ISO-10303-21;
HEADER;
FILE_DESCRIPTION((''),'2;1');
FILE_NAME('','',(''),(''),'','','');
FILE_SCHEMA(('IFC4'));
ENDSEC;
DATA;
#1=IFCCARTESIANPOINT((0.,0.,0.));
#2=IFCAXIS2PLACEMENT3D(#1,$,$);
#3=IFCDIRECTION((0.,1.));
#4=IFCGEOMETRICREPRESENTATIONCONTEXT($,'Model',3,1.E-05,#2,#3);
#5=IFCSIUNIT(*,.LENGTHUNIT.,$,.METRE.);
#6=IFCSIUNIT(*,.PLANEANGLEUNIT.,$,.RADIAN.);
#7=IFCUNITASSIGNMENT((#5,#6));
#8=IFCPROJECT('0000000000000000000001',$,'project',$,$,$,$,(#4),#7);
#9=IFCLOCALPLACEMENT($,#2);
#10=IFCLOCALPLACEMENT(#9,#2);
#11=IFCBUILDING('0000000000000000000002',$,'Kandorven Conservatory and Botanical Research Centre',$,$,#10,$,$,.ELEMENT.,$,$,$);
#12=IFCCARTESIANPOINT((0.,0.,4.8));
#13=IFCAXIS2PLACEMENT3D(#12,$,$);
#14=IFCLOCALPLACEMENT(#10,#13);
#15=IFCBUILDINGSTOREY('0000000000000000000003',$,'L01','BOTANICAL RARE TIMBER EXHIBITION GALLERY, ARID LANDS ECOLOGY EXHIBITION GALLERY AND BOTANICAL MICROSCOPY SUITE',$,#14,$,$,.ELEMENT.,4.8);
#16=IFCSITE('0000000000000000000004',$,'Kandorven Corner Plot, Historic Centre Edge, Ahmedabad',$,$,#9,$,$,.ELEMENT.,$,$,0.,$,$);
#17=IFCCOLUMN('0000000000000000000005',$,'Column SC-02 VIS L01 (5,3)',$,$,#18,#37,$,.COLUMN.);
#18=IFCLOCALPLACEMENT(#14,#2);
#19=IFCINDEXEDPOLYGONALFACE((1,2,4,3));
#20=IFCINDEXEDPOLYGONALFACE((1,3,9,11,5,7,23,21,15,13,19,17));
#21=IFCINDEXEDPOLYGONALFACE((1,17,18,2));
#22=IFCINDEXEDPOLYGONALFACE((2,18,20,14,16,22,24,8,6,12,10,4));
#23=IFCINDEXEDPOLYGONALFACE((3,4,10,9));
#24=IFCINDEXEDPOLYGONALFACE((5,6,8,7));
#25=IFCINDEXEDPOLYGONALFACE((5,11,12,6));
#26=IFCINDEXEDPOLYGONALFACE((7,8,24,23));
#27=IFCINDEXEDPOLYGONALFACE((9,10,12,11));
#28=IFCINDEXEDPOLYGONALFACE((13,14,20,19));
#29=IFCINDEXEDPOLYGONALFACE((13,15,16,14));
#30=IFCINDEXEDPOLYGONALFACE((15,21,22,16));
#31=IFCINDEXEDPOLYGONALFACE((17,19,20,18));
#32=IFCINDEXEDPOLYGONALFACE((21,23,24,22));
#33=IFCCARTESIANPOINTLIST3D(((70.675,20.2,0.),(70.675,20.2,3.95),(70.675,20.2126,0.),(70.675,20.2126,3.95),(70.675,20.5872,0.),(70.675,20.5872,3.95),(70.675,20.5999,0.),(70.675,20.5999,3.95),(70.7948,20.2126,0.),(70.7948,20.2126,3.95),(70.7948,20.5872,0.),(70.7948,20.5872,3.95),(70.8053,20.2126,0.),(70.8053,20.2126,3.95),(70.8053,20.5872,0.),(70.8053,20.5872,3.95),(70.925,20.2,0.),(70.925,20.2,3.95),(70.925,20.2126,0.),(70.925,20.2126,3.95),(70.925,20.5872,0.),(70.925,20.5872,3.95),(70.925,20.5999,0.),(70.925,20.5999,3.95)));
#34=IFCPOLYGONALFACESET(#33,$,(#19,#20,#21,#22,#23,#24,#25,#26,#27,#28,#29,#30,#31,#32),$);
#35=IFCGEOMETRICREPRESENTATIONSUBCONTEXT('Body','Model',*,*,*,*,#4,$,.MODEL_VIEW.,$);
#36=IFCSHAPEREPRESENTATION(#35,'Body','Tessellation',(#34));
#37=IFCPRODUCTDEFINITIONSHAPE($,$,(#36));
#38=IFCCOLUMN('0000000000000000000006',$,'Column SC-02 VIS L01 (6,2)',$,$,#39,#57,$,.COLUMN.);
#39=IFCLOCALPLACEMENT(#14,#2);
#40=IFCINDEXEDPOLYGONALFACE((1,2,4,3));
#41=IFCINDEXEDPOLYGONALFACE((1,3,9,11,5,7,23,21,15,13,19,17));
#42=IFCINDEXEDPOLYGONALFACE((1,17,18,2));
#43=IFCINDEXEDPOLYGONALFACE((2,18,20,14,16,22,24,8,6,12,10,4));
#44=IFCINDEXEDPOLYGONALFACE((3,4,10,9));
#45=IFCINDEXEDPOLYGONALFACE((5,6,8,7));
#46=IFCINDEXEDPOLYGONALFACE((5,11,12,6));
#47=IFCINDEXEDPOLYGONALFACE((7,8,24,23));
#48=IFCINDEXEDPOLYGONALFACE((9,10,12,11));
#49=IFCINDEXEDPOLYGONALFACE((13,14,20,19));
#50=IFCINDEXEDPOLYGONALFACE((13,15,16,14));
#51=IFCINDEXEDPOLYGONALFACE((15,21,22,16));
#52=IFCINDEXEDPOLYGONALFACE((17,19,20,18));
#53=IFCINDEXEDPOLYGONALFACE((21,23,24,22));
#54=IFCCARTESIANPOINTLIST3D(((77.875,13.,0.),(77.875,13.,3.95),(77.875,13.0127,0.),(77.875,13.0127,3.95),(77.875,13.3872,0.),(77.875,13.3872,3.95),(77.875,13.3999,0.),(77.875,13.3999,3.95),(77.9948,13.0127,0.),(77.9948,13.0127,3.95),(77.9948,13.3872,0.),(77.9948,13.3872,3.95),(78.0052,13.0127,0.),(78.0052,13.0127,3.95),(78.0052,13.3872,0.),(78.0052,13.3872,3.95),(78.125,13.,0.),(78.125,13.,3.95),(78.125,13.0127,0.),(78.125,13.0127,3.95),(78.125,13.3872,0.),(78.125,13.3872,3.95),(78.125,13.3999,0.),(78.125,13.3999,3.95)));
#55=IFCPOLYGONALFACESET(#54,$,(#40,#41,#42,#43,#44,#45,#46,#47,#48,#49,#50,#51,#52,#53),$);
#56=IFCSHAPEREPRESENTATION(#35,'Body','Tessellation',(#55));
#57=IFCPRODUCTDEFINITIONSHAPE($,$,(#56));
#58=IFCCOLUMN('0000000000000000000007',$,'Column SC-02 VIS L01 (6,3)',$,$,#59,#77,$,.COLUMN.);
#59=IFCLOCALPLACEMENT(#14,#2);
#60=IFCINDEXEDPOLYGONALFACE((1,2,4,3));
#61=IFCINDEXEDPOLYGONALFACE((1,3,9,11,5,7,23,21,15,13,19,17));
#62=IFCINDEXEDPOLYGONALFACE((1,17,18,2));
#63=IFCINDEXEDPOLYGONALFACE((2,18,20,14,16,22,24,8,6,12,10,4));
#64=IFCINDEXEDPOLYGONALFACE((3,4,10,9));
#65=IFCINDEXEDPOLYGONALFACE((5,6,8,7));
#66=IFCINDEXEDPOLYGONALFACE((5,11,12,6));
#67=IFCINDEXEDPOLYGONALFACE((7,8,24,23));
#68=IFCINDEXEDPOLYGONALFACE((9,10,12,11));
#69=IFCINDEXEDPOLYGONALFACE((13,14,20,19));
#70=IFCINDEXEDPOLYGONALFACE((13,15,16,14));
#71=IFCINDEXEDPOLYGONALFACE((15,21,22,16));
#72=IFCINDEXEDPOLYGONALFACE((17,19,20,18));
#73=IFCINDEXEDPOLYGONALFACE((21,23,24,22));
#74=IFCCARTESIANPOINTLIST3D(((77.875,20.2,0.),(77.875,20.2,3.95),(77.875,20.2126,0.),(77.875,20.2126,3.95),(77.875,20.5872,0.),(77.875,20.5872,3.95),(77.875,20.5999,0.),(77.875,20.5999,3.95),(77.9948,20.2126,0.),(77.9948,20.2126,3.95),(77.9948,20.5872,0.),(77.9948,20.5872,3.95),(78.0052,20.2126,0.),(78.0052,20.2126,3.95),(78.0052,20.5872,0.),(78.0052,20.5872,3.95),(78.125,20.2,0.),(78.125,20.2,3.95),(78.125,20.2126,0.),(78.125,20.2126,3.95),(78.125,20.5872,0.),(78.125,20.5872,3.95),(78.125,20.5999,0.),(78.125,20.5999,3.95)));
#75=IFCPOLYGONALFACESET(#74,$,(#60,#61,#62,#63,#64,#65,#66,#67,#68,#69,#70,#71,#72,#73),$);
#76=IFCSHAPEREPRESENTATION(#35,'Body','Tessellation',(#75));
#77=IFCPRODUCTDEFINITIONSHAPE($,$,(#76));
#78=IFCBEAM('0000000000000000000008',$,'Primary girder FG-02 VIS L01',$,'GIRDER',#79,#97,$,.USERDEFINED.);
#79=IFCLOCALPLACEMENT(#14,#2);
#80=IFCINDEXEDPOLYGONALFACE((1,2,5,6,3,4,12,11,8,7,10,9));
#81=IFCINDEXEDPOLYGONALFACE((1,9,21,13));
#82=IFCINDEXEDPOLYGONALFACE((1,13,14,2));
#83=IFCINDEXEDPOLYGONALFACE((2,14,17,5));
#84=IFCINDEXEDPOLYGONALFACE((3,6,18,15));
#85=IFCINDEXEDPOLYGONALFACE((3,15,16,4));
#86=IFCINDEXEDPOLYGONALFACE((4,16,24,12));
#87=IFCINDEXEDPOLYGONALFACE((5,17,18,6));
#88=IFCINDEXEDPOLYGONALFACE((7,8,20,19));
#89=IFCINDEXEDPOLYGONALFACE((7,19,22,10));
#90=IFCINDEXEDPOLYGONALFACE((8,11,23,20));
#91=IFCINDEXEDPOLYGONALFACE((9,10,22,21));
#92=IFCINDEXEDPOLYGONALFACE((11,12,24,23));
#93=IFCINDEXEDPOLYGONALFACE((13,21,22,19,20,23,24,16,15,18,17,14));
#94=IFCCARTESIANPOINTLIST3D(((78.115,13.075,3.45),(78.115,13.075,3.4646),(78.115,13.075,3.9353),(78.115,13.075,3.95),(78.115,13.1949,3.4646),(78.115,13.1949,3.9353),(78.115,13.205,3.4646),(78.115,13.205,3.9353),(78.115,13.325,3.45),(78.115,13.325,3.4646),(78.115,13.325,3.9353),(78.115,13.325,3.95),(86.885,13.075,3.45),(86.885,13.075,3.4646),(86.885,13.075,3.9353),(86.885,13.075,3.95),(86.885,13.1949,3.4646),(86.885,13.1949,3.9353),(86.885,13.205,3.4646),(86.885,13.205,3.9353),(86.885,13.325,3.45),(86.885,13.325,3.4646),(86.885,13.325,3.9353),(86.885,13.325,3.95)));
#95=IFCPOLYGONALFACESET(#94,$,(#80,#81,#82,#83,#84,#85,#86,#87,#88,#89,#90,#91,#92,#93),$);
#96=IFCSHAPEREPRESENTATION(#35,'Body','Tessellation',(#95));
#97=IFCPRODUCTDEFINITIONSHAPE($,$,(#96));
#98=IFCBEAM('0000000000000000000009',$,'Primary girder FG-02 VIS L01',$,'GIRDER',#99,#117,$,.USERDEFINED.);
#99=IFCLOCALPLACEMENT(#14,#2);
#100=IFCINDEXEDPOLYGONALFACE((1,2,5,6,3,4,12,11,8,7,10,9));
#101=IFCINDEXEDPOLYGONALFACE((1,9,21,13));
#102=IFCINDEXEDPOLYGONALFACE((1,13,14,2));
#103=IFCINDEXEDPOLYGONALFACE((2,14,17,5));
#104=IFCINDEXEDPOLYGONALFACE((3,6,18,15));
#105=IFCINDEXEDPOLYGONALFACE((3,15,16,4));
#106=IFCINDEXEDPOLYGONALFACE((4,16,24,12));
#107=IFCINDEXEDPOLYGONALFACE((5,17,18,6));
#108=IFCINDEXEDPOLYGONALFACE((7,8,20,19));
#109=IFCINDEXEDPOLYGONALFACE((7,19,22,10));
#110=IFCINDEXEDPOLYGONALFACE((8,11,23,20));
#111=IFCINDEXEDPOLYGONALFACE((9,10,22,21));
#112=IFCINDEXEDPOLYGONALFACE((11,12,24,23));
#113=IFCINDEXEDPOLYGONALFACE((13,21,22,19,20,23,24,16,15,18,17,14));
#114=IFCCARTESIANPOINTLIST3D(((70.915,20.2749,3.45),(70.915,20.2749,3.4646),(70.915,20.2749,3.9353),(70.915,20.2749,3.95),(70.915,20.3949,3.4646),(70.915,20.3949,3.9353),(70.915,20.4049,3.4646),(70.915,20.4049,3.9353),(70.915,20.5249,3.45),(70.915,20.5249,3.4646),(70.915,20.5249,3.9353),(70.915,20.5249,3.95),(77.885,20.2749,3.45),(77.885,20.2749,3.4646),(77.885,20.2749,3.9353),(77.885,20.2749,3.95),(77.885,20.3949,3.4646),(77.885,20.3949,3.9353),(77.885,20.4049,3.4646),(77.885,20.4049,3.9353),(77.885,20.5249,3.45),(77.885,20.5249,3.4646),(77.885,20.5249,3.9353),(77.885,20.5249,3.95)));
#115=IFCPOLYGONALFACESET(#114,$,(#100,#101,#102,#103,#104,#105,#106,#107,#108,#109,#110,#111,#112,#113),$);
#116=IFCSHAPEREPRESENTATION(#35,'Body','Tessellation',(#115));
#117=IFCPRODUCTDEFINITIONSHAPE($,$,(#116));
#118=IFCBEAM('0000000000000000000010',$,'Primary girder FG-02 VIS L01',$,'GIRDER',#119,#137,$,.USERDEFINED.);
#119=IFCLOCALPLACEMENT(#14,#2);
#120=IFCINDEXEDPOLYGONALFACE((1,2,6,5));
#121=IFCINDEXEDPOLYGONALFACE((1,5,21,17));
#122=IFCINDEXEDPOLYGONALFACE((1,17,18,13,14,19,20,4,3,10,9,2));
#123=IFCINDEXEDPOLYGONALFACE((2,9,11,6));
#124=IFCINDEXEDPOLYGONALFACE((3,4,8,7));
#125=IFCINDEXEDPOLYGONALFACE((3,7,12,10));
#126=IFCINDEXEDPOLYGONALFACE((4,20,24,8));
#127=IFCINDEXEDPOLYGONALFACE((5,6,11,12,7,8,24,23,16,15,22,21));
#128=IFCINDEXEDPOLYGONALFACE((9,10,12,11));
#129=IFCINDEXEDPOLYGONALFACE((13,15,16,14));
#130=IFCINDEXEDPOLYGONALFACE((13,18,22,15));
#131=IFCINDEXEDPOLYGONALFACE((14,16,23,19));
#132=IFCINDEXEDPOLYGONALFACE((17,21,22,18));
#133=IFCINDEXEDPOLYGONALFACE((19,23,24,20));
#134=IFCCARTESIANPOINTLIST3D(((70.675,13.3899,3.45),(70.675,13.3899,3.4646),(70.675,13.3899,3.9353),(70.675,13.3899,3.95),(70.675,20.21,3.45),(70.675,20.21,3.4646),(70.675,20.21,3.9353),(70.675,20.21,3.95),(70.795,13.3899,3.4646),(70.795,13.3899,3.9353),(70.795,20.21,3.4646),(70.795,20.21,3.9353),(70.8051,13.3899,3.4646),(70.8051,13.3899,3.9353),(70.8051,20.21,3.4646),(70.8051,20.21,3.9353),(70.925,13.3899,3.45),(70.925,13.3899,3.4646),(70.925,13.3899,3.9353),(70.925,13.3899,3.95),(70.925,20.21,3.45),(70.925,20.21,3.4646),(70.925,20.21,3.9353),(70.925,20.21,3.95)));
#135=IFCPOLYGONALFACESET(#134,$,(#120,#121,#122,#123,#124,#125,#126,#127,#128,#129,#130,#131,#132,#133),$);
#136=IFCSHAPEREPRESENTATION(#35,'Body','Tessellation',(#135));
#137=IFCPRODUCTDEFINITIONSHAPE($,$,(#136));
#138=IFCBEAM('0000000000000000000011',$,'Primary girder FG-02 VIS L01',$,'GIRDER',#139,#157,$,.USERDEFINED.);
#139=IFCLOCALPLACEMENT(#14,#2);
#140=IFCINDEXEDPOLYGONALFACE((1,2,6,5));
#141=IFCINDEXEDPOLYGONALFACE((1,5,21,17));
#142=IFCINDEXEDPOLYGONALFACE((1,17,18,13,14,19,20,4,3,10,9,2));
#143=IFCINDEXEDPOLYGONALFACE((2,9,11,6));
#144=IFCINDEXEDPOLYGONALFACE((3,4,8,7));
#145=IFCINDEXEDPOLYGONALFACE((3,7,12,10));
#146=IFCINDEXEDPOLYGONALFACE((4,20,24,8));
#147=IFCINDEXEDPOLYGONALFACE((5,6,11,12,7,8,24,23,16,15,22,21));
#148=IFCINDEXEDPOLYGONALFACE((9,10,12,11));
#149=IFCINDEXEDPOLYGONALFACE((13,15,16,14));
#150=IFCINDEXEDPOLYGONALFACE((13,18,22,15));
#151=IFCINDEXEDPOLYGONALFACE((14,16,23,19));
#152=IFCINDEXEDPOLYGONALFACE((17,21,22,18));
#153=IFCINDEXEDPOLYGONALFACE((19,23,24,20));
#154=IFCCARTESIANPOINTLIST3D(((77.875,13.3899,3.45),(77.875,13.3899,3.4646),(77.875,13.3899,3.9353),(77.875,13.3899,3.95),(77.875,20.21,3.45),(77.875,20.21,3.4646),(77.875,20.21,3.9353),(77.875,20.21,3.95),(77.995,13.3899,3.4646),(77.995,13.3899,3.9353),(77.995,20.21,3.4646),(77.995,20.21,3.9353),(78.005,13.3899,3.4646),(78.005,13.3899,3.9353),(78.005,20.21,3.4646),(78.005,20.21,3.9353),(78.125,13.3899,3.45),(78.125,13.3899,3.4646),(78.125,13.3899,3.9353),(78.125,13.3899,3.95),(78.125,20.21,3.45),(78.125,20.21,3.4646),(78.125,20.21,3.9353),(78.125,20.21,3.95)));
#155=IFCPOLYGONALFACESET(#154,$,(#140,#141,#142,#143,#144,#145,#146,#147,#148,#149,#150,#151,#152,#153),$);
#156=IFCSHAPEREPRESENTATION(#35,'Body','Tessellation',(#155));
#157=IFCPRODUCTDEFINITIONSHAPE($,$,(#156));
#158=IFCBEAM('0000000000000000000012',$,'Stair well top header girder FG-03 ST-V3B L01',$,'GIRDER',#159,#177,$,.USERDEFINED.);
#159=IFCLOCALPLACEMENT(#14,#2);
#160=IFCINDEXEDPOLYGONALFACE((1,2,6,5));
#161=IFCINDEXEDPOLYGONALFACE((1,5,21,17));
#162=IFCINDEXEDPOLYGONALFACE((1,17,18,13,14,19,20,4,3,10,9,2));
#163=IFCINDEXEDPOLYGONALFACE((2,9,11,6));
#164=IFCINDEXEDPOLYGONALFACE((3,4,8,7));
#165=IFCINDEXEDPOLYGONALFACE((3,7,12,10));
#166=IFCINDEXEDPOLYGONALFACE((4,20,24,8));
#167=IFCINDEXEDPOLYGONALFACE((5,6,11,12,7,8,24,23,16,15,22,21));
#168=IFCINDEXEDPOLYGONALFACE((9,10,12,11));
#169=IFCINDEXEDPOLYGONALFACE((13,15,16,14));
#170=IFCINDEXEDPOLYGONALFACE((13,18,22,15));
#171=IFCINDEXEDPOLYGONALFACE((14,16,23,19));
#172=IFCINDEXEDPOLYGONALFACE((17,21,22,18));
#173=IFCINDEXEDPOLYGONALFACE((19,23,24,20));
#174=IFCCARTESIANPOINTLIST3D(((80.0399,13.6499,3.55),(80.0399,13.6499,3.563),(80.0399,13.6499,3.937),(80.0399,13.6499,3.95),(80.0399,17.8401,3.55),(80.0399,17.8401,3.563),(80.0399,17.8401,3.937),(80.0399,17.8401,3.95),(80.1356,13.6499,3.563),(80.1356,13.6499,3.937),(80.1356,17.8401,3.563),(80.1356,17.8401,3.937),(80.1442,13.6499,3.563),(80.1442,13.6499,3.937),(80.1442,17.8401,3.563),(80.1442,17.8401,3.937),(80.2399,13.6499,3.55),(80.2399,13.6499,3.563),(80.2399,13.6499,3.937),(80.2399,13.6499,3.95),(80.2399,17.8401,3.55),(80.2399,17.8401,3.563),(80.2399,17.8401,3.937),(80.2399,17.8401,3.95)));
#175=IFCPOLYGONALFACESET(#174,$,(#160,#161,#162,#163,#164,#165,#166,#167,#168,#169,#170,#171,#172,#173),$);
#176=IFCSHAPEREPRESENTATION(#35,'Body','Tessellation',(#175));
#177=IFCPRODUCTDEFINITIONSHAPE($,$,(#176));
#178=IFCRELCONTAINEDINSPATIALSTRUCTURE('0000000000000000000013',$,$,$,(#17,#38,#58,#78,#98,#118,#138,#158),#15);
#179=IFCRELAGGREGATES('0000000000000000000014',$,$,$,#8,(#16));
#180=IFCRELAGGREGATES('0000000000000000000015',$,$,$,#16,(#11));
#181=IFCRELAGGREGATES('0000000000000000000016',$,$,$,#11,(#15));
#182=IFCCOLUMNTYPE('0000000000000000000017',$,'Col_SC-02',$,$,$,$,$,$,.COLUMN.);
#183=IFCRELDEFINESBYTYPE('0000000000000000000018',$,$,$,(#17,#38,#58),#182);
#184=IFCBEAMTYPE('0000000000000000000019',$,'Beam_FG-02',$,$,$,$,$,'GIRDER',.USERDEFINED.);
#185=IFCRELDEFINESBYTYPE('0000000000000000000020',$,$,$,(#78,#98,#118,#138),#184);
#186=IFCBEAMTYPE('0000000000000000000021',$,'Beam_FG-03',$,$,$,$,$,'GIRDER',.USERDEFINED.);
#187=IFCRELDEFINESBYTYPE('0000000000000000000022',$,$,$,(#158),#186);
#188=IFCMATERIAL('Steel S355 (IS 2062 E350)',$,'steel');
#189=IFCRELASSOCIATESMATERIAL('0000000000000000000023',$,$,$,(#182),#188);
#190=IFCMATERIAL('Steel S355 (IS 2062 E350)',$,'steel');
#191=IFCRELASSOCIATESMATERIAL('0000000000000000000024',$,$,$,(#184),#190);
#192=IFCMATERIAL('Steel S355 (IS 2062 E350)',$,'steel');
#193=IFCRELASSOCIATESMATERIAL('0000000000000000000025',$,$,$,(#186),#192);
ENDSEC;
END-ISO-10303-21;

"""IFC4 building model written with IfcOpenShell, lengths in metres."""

from ifc_helpers import new_model, si_unit, direction, frame, origin, origin_2d, place, context, subcontext, project, spatial, i_section, extrude, material, material_profile, profile_set, type_object, element, save


model = new_model("IFC4")

# Units and contexts
model_context = context("Model", 3, precision=1e-05, world=origin(), true_north=direction((0.0, 1.0)))
body_context = subcontext(model_context, "Body", "Model", "MODEL_VIEW")
ifc_project = project(units=[si_unit("LENGTHUNIT", "METRE"), si_unit("PLANEANGLEUNIT", "RADIAN")], contexts=[model_context])

# Site, building, storey
site_placement = place(None, origin())
site = spatial("IfcSite", under=ifc_project, at=site_placement, Name="Kandorven Corner Plot, Historic Centre Edge, Ahmedabad", CompositionType="ELEMENT", RefElevation=0.0)
building_placement = place(site_placement, origin())
building = spatial("IfcBuilding", under=site, at=building_placement, Name="Kandorven Conservatory and Botanical Research Centre", CompositionType="ELEMENT")
storey_placement = place(building_placement, frame((0.0, 0.0, 4.8)))
storey = spatial("IfcBuildingStorey", under=building, at=storey_placement, Name="L01", Description="BOTANICAL RARE TIMBER EXHIBITION GALLERY, ARID LANDS ECOLOGY EXHIBITION GALLERY AND BOTANICAL MICROSCOPY SUITE", CompositionType="ELEMENT", Elevation=4.8)

# Columns
ifc_material_1 = material(Name="Steel S355 (IS 2062 E350)", Category="steel")
ifc_material_profile_1 = material_profile(ifc_material_1, i_section(OverallWidth=0.25, OverallDepth=0.3999, WebThickness=0.0105, FlangeThickness=0.0127, at=origin_2d()))
ifc_profile_set_1 = profile_set([ifc_material_profile_1], Name="Steel S355 (IS 2062 E350)")
column_type = type_object("IfcColumnType", Name="Col_SC-02", PredefinedType="COLUMN", material=ifc_profile_set_1)
for number, where, z_axis, x_axis, name in (
    (1, (70.8, 20.3999, 0.0), (0.0, 0.0, 1.0), (1.0, 0.0, 0.0), "Column SC-02 VIS L01 (5,3)"),
    (2, (78.0, 13.2, 0.0), (0.0, 0.0, 1.0), (1.0, 0.0, 0.0), "Column SC-02 VIS L01 (6,2)"),
    (3, (78.0, 20.3999, 0.0), (0.0, 0.0, 1.0), (1.0, 0.0, 0.0), "Column SC-02 VIS L01 (6,3)"),
):
    element("IfcColumn", number, at=place(storey_placement, frame(where, z_axis=z_axis, x_axis=x_axis)), inside=storey, type_object=column_type, Name=name, PredefinedType="COLUMN", context=body_context, shape_type="SweptSolid", body=[
        extrude(i_section(OverallWidth=0.25, OverallDepth=0.3999, WebThickness=0.0105, FlangeThickness=0.0127, at=origin_2d()), origin(), (0.0, 0.0, 1.0), 3.95),
    ])

# Beams
ifc_material_2 = material(Name="Steel S355 (IS 2062 E350)", Category="steel")
ifc_material_profile_2 = material_profile(ifc_material_2, i_section(OverallWidth=0.25, OverallDepth=0.5, WebThickness=0.01, FlangeThickness=0.0146, at=origin_2d()))
ifc_profile_set_2 = profile_set([ifc_material_profile_2], Name="Steel S355 (IS 2062 E350)")
beam_type_1 = type_object("IfcBeamType", Name="Beam_FG-02", ElementType="GIRDER", PredefinedType="USERDEFINED", material=ifc_profile_set_2)
beam_1_placement = place(storey_placement, frame((78.115, 13.2, 3.7), z_axis=(1.0, 0.0, 0.0), x_axis=(0.0, 1.0, 0.0)))
element("IfcBeam", 4, at=beam_1_placement, inside=storey, type_object=beam_type_1, Name="Primary girder FG-02 VIS L01", ObjectType="GIRDER", PredefinedType="USERDEFINED", context=body_context, shape_type="SweptSolid", body=[
    extrude(i_section(OverallWidth=0.25, OverallDepth=0.5, WebThickness=0.01, FlangeThickness=0.0146, at=origin_2d()), origin(), (0.0, 0.0, 1.0), 8.77),
])
beam_2_placement = place(storey_placement, frame((70.915, 20.3999, 3.7), z_axis=(1.0, 0.0, 0.0), x_axis=(0.0, 1.0, 0.0)))
element("IfcBeam", 5, at=beam_2_placement, inside=storey, type_object=beam_type_1, Name="Primary girder FG-02 VIS L01", ObjectType="GIRDER", PredefinedType="USERDEFINED", context=body_context, shape_type="SweptSolid", body=[
    extrude(i_section(OverallWidth=0.25, OverallDepth=0.5, WebThickness=0.01, FlangeThickness=0.0146, at=origin_2d()), origin(), (0.0, 0.0, 1.0), 6.97),
])
for number, where, z_axis, x_axis, name in (
    (6, (70.8, 13.3899, 3.7), (0.0, 1.0, 0.0), (-1.0, 0.0, 0.0), "Primary girder FG-02 VIS L01"),
    (7, (78.0, 13.3899, 3.7), (0.0, 1.0, 0.0), (-1.0, 0.0, 0.0), "Primary girder FG-02 VIS L01"),
):
    element("IfcBeam", number, at=place(storey_placement, frame(where, z_axis=z_axis, x_axis=x_axis)), inside=storey, type_object=beam_type_1, Name=name, ObjectType="GIRDER", PredefinedType="USERDEFINED", context=body_context, shape_type="SweptSolid", body=[
        extrude(i_section(OverallWidth=0.25, OverallDepth=0.5, WebThickness=0.01, FlangeThickness=0.0146, at=origin_2d()), origin(), (0.0, 0.0, 1.0), 6.8201),
    ])
ifc_material_3 = material(Name="Steel S355 (IS 2062 E350)", Category="steel")
ifc_material_profile_3 = material_profile(ifc_material_3, i_section(OverallWidth=0.2, OverallDepth=0.3999, WebThickness=0.0085, FlangeThickness=0.0129, at=origin_2d()))
ifc_profile_set_3 = profile_set([ifc_material_profile_3], Name="Steel S355 (IS 2062 E350)")
beam_type_2 = type_object("IfcBeamType", Name="Beam_FG-03", ElementType="GIRDER", PredefinedType="USERDEFINED", material=ifc_profile_set_3)
beam_3_placement = place(storey_placement, frame((80.1399, 13.6499, 3.75), z_axis=(0.0, 1.0, 0.0), x_axis=(-1.0, 0.0, 0.0)))
element("IfcBeam", 8, at=beam_3_placement, inside=storey, type_object=beam_type_2, Name="Stair well top header girder FG-03 ST-V3B L01", ObjectType="GIRDER", PredefinedType="USERDEFINED", context=body_context, shape_type="SweptSolid", body=[
    extrude(i_section(OverallWidth=0.2, OverallDepth=0.3999, WebThickness=0.0085, FlangeThickness=0.0129, at=origin_2d()), origin(), (0.0, 0.0, 1.0), 4.1902),
])

save(model, "model.ifc")
